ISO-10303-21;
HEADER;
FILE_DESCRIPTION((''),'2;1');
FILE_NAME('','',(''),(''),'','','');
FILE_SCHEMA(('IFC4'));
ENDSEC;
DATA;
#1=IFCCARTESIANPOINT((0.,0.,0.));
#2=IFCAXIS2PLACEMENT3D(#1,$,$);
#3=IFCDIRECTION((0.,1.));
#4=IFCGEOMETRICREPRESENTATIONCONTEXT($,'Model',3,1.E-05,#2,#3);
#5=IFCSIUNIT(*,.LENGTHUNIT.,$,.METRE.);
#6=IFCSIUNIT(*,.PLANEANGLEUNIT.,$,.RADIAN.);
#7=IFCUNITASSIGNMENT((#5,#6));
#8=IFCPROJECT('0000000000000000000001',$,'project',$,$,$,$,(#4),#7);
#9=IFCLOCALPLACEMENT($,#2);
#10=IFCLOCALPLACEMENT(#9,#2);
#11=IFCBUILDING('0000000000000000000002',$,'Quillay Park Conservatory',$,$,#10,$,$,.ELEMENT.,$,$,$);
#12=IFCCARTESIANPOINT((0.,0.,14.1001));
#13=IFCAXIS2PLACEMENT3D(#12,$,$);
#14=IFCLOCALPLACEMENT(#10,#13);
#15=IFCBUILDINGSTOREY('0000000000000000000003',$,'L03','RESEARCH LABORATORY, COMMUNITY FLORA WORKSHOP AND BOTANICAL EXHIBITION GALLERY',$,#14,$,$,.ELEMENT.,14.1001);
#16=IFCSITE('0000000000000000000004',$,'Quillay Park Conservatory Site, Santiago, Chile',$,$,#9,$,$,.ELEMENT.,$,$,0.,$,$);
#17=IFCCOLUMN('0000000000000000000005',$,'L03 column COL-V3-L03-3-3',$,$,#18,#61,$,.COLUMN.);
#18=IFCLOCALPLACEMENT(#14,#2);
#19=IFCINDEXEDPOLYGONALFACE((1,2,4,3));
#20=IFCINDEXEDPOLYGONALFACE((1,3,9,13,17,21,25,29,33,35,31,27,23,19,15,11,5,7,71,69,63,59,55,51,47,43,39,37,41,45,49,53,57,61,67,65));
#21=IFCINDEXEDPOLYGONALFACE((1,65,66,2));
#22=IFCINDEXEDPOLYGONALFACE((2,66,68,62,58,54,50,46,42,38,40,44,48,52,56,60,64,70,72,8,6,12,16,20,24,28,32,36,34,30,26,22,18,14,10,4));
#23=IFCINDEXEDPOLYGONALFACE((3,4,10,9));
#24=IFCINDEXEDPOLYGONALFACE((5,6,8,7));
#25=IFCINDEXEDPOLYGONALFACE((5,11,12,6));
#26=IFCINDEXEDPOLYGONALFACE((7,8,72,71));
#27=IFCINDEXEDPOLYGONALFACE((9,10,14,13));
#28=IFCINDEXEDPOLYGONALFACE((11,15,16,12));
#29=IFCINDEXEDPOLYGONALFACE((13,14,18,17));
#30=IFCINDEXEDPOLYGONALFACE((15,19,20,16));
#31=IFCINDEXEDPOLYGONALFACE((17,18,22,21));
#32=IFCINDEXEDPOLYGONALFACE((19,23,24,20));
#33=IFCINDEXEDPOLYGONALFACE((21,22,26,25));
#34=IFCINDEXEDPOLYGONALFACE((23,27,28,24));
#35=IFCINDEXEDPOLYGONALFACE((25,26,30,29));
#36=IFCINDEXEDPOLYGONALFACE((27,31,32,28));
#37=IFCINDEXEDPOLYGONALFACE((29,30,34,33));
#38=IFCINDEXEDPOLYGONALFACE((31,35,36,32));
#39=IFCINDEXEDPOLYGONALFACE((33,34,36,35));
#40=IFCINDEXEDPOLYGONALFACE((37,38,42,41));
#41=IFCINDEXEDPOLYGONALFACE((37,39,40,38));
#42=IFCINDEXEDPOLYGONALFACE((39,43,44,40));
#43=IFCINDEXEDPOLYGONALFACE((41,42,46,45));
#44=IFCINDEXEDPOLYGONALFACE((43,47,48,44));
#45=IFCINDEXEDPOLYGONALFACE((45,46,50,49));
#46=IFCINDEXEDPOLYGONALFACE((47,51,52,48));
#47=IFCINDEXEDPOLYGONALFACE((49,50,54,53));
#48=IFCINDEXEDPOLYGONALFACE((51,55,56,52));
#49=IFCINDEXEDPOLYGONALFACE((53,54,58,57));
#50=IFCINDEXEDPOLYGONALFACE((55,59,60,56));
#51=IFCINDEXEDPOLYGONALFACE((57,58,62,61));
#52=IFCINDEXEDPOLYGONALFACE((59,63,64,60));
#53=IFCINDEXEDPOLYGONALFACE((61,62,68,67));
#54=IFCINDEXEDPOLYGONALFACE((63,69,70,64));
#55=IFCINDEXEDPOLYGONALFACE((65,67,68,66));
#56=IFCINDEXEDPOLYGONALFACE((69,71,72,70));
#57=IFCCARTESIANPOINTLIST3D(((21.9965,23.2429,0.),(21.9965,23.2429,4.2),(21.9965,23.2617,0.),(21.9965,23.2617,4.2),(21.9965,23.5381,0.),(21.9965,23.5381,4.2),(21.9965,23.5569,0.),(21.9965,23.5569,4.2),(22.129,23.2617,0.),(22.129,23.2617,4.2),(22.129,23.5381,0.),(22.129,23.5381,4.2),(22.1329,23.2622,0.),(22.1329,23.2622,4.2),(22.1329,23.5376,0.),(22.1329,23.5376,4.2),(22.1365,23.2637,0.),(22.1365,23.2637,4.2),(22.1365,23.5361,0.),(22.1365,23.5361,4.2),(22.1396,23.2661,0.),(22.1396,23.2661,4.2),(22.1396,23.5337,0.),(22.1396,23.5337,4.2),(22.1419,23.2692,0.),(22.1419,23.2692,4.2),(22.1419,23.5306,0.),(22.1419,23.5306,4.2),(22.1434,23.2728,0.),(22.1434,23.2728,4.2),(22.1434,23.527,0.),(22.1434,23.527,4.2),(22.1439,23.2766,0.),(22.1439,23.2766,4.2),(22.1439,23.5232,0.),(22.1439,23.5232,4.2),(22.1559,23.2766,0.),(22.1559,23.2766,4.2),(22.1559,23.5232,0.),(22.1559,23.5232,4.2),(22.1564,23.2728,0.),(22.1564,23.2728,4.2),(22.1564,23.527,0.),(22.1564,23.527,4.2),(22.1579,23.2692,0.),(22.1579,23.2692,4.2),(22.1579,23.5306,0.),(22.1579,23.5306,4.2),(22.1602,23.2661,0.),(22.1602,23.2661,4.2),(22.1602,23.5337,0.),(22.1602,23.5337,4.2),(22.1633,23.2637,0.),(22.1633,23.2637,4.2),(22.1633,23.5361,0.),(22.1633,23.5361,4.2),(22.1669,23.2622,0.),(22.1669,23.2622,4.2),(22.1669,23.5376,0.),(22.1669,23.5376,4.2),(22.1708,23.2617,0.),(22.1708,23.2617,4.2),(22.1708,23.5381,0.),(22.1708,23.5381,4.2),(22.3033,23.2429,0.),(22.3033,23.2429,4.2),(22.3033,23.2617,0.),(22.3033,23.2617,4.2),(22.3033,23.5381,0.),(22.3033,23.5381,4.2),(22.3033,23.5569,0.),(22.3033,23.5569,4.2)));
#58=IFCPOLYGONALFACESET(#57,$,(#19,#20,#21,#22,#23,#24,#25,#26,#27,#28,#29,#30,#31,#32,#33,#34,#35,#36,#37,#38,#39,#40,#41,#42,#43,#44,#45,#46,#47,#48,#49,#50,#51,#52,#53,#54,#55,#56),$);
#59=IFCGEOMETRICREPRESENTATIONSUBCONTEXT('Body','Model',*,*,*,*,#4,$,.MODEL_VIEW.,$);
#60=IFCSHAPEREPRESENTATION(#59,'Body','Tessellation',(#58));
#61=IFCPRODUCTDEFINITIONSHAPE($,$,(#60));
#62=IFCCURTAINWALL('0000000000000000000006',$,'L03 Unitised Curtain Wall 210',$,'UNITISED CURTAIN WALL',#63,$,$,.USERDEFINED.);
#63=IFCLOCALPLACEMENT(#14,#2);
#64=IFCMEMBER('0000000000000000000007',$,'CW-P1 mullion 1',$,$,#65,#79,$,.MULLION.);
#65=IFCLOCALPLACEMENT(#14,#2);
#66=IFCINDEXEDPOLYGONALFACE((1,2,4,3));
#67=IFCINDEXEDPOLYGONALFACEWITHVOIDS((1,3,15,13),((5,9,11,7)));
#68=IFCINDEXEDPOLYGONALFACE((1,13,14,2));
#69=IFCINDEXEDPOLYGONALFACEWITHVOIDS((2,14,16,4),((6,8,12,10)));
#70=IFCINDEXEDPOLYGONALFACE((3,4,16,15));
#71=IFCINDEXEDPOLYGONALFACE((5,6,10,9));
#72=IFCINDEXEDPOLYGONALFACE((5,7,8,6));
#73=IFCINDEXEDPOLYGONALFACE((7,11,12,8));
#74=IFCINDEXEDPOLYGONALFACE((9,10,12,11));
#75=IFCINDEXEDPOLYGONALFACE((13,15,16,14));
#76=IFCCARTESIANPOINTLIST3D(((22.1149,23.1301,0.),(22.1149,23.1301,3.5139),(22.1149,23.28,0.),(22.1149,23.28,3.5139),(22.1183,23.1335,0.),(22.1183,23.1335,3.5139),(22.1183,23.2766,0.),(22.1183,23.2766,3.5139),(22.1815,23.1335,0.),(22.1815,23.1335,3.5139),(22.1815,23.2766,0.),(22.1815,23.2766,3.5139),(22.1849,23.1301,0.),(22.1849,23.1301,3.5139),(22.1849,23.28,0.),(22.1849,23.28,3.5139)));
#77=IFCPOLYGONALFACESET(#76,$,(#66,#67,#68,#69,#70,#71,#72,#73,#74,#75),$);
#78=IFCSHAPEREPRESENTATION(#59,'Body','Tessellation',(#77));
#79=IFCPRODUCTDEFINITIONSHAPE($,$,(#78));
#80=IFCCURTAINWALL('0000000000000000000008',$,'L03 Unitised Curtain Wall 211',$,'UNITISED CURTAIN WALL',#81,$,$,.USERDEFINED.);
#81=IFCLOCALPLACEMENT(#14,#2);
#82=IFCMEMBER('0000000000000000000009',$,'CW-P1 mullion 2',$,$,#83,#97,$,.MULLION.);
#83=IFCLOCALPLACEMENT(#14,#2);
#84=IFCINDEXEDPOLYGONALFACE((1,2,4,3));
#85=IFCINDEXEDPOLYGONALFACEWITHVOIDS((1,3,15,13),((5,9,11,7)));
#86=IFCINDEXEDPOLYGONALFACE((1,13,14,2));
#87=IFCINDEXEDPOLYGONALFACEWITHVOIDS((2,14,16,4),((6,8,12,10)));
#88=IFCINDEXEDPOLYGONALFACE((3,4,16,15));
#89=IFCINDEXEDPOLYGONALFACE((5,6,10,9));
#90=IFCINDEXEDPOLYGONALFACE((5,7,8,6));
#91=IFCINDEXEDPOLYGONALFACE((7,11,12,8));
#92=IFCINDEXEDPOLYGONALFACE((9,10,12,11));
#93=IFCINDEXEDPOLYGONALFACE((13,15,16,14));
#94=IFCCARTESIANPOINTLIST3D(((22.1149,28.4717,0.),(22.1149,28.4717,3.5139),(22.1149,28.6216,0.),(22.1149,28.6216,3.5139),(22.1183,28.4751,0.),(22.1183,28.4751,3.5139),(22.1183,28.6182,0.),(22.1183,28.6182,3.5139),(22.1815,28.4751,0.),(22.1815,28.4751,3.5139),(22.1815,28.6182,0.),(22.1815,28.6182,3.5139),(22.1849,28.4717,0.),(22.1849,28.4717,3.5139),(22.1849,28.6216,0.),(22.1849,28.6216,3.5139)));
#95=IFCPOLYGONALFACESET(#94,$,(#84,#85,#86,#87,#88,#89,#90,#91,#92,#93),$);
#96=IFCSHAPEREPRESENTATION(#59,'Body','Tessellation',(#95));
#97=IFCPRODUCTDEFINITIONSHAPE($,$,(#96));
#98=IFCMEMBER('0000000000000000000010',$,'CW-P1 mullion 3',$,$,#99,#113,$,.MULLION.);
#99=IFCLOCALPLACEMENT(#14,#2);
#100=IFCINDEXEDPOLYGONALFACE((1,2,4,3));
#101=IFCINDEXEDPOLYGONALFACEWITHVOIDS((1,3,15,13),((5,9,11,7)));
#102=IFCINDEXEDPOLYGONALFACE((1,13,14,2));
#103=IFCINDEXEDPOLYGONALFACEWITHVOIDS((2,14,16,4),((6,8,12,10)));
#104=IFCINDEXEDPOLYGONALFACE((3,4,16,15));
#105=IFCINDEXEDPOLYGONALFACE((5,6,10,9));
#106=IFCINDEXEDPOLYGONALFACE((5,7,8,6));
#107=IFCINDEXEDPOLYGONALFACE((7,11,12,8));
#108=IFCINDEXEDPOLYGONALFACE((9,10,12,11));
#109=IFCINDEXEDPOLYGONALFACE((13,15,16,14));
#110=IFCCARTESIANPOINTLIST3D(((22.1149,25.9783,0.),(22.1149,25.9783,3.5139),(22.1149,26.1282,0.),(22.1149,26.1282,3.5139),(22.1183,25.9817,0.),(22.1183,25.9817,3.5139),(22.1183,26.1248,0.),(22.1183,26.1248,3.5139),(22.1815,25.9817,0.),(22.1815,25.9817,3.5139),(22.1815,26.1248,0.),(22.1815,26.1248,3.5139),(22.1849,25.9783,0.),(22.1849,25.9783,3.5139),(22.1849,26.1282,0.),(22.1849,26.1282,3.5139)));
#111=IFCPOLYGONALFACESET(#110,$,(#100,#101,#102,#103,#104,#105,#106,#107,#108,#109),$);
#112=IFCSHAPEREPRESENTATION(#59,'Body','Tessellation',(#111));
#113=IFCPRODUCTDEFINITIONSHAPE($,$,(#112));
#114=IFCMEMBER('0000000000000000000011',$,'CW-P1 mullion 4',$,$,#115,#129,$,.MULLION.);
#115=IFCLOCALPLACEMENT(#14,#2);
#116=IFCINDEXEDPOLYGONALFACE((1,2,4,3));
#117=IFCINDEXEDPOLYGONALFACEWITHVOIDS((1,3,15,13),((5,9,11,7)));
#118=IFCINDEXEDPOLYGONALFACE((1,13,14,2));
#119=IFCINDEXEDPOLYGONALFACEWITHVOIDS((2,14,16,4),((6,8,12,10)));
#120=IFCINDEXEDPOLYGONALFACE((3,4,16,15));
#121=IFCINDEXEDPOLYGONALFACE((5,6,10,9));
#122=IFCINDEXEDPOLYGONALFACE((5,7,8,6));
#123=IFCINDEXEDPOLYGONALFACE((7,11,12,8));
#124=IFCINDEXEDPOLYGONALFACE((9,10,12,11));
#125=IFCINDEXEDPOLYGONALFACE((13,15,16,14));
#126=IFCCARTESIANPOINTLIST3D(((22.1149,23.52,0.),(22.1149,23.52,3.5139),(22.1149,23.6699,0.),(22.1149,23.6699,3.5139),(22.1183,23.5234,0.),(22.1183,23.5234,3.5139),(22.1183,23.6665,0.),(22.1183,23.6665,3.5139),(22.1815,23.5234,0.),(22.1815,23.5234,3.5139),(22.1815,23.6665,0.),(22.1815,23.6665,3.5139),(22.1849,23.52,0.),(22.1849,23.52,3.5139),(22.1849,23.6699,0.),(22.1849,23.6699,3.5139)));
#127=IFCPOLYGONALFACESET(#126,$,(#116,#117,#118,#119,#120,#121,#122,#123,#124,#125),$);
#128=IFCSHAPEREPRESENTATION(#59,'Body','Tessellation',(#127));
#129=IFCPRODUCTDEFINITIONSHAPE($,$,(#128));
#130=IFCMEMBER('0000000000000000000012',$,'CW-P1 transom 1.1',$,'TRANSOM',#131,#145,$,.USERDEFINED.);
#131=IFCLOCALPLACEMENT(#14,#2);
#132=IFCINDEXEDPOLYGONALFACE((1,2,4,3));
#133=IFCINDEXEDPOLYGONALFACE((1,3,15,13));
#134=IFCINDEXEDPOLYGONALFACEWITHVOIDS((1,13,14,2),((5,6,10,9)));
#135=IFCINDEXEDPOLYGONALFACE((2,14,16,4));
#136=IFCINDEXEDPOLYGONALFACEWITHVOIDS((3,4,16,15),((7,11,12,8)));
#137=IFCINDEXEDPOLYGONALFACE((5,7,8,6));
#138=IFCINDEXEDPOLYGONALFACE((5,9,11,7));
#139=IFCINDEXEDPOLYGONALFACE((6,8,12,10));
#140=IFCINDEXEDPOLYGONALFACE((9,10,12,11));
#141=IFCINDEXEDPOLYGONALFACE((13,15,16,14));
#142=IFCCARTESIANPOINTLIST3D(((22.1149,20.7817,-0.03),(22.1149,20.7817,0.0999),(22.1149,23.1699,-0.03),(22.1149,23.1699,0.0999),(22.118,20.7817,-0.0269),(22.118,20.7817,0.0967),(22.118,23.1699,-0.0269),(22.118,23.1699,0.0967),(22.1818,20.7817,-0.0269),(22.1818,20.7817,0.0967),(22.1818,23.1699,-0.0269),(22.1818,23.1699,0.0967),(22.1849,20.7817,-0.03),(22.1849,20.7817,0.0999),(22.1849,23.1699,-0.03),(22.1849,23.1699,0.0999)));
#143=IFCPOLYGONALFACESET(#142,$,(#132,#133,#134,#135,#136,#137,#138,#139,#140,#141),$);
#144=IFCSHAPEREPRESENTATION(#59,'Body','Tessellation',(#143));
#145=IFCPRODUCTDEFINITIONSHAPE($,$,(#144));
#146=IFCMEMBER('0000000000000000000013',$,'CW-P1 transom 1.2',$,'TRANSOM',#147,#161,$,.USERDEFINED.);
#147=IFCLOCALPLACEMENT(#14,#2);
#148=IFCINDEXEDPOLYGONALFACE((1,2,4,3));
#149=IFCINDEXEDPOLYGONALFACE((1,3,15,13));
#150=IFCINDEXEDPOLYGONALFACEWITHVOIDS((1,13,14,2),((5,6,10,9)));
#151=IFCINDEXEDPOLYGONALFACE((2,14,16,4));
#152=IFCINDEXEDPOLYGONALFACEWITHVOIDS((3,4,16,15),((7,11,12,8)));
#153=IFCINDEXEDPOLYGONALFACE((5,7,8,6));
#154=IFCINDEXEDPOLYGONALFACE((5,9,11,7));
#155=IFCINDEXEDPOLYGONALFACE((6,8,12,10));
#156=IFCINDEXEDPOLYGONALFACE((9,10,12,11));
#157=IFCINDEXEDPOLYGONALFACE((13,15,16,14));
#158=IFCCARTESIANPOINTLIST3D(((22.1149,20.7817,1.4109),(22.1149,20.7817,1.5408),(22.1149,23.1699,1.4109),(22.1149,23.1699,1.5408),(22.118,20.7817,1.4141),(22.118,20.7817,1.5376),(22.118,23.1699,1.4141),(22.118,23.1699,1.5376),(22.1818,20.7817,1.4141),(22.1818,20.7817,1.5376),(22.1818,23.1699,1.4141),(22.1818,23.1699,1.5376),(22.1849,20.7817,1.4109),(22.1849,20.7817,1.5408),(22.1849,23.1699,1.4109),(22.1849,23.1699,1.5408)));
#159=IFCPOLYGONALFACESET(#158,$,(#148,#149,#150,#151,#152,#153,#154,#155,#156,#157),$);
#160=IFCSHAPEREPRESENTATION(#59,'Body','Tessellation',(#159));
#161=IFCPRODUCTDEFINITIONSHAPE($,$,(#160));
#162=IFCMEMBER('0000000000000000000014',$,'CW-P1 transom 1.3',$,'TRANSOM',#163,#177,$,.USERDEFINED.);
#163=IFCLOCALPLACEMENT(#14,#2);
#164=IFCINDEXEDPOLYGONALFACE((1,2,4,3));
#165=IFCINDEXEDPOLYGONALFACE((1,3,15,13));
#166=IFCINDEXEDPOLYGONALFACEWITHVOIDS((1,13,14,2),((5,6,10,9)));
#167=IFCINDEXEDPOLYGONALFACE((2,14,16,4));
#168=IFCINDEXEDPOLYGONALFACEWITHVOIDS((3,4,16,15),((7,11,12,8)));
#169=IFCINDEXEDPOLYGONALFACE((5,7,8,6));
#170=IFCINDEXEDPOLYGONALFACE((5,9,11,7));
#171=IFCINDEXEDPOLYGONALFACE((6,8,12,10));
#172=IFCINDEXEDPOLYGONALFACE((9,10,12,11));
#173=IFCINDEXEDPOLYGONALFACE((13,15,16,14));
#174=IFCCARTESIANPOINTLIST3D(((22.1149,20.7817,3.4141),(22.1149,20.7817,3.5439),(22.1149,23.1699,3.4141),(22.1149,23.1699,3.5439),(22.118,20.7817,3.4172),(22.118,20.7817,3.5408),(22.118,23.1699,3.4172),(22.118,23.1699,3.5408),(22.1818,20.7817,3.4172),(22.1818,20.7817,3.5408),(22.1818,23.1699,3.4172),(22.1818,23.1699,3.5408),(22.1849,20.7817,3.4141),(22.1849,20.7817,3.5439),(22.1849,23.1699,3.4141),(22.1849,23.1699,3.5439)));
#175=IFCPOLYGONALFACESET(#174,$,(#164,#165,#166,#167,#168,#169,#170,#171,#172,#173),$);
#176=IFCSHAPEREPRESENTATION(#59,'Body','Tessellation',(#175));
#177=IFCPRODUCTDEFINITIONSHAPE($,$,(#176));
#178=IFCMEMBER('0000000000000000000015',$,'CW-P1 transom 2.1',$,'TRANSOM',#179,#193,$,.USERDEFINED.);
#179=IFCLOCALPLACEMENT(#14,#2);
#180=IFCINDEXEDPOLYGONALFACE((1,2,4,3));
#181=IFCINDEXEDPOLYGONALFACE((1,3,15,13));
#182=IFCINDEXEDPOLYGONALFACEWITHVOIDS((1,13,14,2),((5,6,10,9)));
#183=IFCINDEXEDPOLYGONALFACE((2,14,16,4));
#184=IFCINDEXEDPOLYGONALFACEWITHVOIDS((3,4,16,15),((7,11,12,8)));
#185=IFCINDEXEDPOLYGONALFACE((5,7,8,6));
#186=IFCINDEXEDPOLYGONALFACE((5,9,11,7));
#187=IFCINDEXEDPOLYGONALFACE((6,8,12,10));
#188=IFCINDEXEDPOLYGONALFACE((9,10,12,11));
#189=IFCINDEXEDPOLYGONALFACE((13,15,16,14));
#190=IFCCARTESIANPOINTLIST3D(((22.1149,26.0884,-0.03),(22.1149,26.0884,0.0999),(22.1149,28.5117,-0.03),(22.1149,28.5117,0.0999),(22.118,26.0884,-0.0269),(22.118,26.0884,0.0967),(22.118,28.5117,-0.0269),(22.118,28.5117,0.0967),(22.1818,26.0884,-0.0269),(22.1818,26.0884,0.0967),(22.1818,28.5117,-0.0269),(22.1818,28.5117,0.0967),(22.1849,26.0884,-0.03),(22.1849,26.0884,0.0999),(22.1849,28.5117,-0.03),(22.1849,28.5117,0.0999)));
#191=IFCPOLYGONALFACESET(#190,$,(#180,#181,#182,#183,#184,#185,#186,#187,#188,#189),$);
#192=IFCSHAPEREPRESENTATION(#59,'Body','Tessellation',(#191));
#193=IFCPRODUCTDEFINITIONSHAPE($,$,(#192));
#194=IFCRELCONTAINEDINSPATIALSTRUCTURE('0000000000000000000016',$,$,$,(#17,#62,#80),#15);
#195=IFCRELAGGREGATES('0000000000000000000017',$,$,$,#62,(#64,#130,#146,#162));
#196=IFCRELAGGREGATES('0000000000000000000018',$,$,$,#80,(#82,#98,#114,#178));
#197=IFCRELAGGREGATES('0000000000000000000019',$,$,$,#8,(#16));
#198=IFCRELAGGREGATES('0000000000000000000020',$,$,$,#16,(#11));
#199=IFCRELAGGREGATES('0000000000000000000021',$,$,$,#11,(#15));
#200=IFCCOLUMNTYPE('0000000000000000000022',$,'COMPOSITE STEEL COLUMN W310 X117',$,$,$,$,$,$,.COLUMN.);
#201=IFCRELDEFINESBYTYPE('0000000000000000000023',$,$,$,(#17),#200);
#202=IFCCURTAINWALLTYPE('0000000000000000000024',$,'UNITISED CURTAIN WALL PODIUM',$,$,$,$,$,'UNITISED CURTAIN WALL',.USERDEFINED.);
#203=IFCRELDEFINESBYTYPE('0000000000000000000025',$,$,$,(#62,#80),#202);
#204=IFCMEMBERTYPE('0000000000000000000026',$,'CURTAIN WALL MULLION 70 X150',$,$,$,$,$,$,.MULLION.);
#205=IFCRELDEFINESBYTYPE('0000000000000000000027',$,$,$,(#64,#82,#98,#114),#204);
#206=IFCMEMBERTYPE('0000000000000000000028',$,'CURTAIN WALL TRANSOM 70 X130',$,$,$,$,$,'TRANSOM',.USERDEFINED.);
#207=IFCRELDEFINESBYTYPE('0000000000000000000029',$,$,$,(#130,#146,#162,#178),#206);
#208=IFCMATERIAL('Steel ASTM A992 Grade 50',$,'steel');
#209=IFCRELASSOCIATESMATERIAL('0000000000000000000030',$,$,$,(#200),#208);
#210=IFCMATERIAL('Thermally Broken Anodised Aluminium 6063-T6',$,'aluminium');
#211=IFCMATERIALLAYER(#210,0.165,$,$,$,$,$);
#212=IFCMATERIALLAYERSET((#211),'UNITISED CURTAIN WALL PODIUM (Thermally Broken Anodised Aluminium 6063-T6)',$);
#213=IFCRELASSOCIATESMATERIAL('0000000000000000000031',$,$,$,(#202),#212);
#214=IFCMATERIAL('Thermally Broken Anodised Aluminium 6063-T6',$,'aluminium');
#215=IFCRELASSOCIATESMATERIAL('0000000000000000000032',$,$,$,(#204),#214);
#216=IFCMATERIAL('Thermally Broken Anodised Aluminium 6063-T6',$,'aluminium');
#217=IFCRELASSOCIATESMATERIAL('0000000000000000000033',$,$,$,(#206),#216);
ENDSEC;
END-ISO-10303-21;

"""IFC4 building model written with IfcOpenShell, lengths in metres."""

from ifc_helpers import new_model, si_unit, direction, frame, origin, origin_2d, place, context, subcontext, project, spatial, hollow_rectangle, i_section, extrude, material, layer, layer_set, material_profile, profile_set, type_object, element, aggregate, save


model = new_model("IFC4")

# Units and contexts
model_context = context("Model", 3, precision=1e-05, world=origin(), true_north=direction((0.0, 1.0)))
body_context = subcontext(model_context, "Body", "Model", "MODEL_VIEW")
ifc_project = project(units=[si_unit("LENGTHUNIT", "METRE"), si_unit("PLANEANGLEUNIT", "RADIAN")], contexts=[model_context])

# Site, building, storey
site_placement = place(None, origin())
site = spatial("IfcSite", under=ifc_project, at=site_placement, Name="Quillay Park Conservatory Site, Santiago, Chile", CompositionType="ELEMENT", RefElevation=0.0)
building_placement = place(site_placement, origin())
building = spatial("IfcBuilding", under=site, at=building_placement, Name="Quillay Park Conservatory", CompositionType="ELEMENT")
storey_placement = place(building_placement, frame((0.0, 0.0, 14.1001)))
storey = spatial("IfcBuildingStorey", under=building, at=storey_placement, Name="L03", Description="RESEARCH LABORATORY, COMMUNITY FLORA WORKSHOP AND BOTANICAL EXHIBITION GALLERY", CompositionType="ELEMENT", Elevation=14.1001)

# Column
ifc_material_1 = material(Name="Steel ASTM A992 Grade 50", Category="steel")
ifc_material_profile_1 = material_profile(ifc_material_1, i_section(OverallWidth=0.3069, OverallDepth=0.314, WebThickness=0.012, FlangeThickness=0.0188, FilletRadius=0.0149, at=origin_2d()), Name="W310x117")
ifc_profile_set_1 = profile_set([ifc_material_profile_1], Name="Steel ASTM A992 Grade 50")
column_type = type_object("IfcColumnType", Name="COMPOSITE STEEL COLUMN W310 X117", PredefinedType="COLUMN", material=ifc_profile_set_1)
column_placement = place(storey_placement, frame((22.1499, 23.3999, 0.0), z_axis=(0.0, 0.0, 1.0), x_axis=(1.0, 0.0, 0.0)))
element("IfcColumn", 1, at=column_placement, inside=storey, type_object=column_type, Name="L03 column COL-V3-L03-3-3", PredefinedType="COLUMN", context=body_context, shape_type="SweptSolid", body=[
    extrude(i_section(OverallWidth=0.3069, OverallDepth=0.314, WebThickness=0.012, FlangeThickness=0.0188, FilletRadius=0.0149, at=origin_2d()), origin(), (0.0, 0.0, 1.0), 4.2),
])

# Curtain wall, member
ifc_material_2 = material(Name="Thermally Broken Anodised Aluminium 6063-T6", Category="aluminium")
ifc_layer_1 = layer(ifc_material_2, 0.165)
ifc_layer_set_1 = layer_set([ifc_layer_1], Name="UNITISED CURTAIN WALL PODIUM (Thermally Broken Anodised Aluminium 6063-T6)")
curtain_wall_type = type_object("IfcCurtainWallType", Name="UNITISED CURTAIN WALL PODIUM", ElementType="UNITISED CURTAIN WALL", PredefinedType="USERDEFINED", material=ifc_layer_set_1)
curtain_wall_1_placement = place(storey_placement, origin())
curtain_wall_1 = element("IfcCurtainWall", 2, at=curtain_wall_1_placement, inside=storey, type_object=curtain_wall_type, Name="L03 Unitised Curtain Wall 210", ObjectType="UNITISED CURTAIN WALL", PredefinedType="USERDEFINED")
ifc_material_3 = material(Name="Thermally Broken Anodised Aluminium 6063-T6", Category="aluminium")
ifc_material_profile_2 = material_profile(ifc_material_3, hollow_rectangle(XDim=0.0701, YDim=0.1499, WallThickness=0.0034, at=origin_2d()), Name="AL70x150x3.5")
ifc_profile_set_2 = profile_set([ifc_material_profile_2], Name="Thermally Broken Anodised Aluminium 6063-T6")
member_type_1 = type_object("IfcMemberType", Name="CURTAIN WALL MULLION 70 X150", PredefinedType="MULLION", material=ifc_profile_set_2)
member_1_placement = place(storey_placement, frame((22.1499, 23.2051, 0.0), z_axis=(0.0, 0.0, 1.0), x_axis=(1.0, 0.0, 0.0)))
member_1 = element("IfcMember", 3, at=member_1_placement, type_object=member_type_1, Name="CW-P1 mullion 1", PredefinedType="MULLION", context=body_context, shape_type="SweptSolid", body=[
    extrude(hollow_rectangle(XDim=0.0701, YDim=0.1499, WallThickness=0.0034, at=origin_2d()), origin(), (0.0, 0.0, 1.0), 3.5139),
])

# Curtain wall, members
curtain_wall_2_placement = place(storey_placement, origin())
curtain_wall_2 = element("IfcCurtainWall", 4, at=curtain_wall_2_placement, inside=storey, type_object=curtain_wall_type, Name="L03 Unitised Curtain Wall 211", ObjectType="UNITISED CURTAIN WALL", PredefinedType="USERDEFINED")
member_2_placement = place(storey_placement, frame((22.1499, 28.5466, 0.0), z_axis=(0.0, 0.0, 1.0), x_axis=(1.0, 0.0, 0.0)))
member_2 = element("IfcMember", 5, at=member_2_placement, type_object=member_type_1, Name="CW-P1 mullion 2", PredefinedType="MULLION", context=body_context, shape_type="SweptSolid", body=[
    extrude(hollow_rectangle(XDim=0.0701, YDim=0.1499, WallThickness=0.0034, at=origin_2d()), origin(), (0.0, 0.0, 1.0), 3.5139),
])
member_3_placement = place(storey_placement, frame((22.1499, 26.0532, 0.0), z_axis=(0.0, 0.0, 1.0), x_axis=(1.0, 0.0, 0.0)))
member_3 = element("IfcMember", 6, at=member_3_placement, type_object=member_type_1, Name="CW-P1 mullion 3", PredefinedType="MULLION", context=body_context, shape_type="SweptSolid", body=[
    extrude(hollow_rectangle(XDim=0.0701, YDim=0.1499, WallThickness=0.0034, at=origin_2d()), origin(), (0.0, 0.0, 1.0), 3.5139),
])
member_4_placement = place(storey_placement, frame((22.1499, 23.595, 0.0), z_axis=(0.0, 0.0, 1.0), x_axis=(1.0, 0.0, 0.0)))
member_4 = element("IfcMember", 7, at=member_4_placement, type_object=member_type_1, Name="CW-P1 mullion 4", PredefinedType="MULLION", context=body_context, shape_type="SweptSolid", body=[
    extrude(hollow_rectangle(XDim=0.0701, YDim=0.1499, WallThickness=0.0034, at=origin_2d()), origin(), (0.0, 0.0, 1.0), 3.5139),
])

# Members
ifc_material_4 = material(Name="Thermally Broken Anodised Aluminium 6063-T6", Category="aluminium")
ifc_material_profile_3 = material_profile(ifc_material_4, hollow_rectangle(XDim=0.0701, YDim=0.1299, WallThickness=0.0032, at=origin_2d()), Name="AL70x130x3.2")
ifc_profile_set_3 = profile_set([ifc_material_profile_3], Name="Thermally Broken Anodised Aluminium 6063-T6")
member_type_2 = type_object("IfcMemberType", Name="CURTAIN WALL TRANSOM 70 X130", ElementType="TRANSOM", PredefinedType="USERDEFINED", material=ifc_profile_set_3)
member_5_placement = place(storey_placement, frame((22.1499, 23.1699, 0.0349), z_axis=(0.0, -1.0, 0.0), x_axis=(1.0, 0.0, 0.0)))
member_5 = element("IfcMember", 8, at=member_5_placement, type_object=member_type_2, Name="CW-P1 transom 1.1", ObjectType="TRANSOM", PredefinedType="USERDEFINED", context=body_context, shape_type="SweptSolid", body=[
    extrude(hollow_rectangle(XDim=0.0701, YDim=0.1299, WallThickness=0.0032, at=origin_2d()), origin(), (0.0, 0.0, 1.0), 2.3882),
])
member_6_placement = place(storey_placement, frame((22.1499, 23.1699, 1.4758), z_axis=(0.0, -1.0, 0.0), x_axis=(1.0, 0.0, 0.0)))
member_6 = element("IfcMember", 9, at=member_6_placement, type_object=member_type_2, Name="CW-P1 transom 1.2", ObjectType="TRANSOM", PredefinedType="USERDEFINED", context=body_context, shape_type="SweptSolid", body=[
    extrude(hollow_rectangle(XDim=0.0701, YDim=0.1299, WallThickness=0.0032, at=origin_2d()), origin(), (0.0, 0.0, 1.0), 2.3882),
])
member_7_placement = place(storey_placement, frame((22.1499, 23.1699, 3.479), z_axis=(0.0, -1.0, 0.0), x_axis=(1.0, 0.0, 0.0)))
member_7 = element("IfcMember", 10, at=member_7_placement, type_object=member_type_2, Name="CW-P1 transom 1.3", ObjectType="TRANSOM", PredefinedType="USERDEFINED", context=body_context, shape_type="SweptSolid", body=[
    extrude(hollow_rectangle(XDim=0.0701, YDim=0.1299, WallThickness=0.0032, at=origin_2d()), origin(), (0.0, 0.0, 1.0), 2.3882),
])
member_8_placement = place(storey_placement, frame((22.1499, 28.5117, 0.0349), z_axis=(0.0, -1.0, 0.0), x_axis=(1.0, 0.0, 0.0)))
member_8 = element("IfcMember", 11, at=member_8_placement, type_object=member_type_2, Name="CW-P1 transom 2.1", ObjectType="TRANSOM", PredefinedType="USERDEFINED", context=body_context, shape_type="SweptSolid", body=[
    extrude(hollow_rectangle(XDim=0.0701, YDim=0.1299, WallThickness=0.0032, at=origin_2d()), origin(), (0.0, 0.0, 1.0), 2.4233),
])

aggregate(curtain_wall_1, [member_1, member_5, member_6, member_7])
aggregate(curtain_wall_2, [member_2, member_3, member_4, member_8])

save(model, "model.ifc")
